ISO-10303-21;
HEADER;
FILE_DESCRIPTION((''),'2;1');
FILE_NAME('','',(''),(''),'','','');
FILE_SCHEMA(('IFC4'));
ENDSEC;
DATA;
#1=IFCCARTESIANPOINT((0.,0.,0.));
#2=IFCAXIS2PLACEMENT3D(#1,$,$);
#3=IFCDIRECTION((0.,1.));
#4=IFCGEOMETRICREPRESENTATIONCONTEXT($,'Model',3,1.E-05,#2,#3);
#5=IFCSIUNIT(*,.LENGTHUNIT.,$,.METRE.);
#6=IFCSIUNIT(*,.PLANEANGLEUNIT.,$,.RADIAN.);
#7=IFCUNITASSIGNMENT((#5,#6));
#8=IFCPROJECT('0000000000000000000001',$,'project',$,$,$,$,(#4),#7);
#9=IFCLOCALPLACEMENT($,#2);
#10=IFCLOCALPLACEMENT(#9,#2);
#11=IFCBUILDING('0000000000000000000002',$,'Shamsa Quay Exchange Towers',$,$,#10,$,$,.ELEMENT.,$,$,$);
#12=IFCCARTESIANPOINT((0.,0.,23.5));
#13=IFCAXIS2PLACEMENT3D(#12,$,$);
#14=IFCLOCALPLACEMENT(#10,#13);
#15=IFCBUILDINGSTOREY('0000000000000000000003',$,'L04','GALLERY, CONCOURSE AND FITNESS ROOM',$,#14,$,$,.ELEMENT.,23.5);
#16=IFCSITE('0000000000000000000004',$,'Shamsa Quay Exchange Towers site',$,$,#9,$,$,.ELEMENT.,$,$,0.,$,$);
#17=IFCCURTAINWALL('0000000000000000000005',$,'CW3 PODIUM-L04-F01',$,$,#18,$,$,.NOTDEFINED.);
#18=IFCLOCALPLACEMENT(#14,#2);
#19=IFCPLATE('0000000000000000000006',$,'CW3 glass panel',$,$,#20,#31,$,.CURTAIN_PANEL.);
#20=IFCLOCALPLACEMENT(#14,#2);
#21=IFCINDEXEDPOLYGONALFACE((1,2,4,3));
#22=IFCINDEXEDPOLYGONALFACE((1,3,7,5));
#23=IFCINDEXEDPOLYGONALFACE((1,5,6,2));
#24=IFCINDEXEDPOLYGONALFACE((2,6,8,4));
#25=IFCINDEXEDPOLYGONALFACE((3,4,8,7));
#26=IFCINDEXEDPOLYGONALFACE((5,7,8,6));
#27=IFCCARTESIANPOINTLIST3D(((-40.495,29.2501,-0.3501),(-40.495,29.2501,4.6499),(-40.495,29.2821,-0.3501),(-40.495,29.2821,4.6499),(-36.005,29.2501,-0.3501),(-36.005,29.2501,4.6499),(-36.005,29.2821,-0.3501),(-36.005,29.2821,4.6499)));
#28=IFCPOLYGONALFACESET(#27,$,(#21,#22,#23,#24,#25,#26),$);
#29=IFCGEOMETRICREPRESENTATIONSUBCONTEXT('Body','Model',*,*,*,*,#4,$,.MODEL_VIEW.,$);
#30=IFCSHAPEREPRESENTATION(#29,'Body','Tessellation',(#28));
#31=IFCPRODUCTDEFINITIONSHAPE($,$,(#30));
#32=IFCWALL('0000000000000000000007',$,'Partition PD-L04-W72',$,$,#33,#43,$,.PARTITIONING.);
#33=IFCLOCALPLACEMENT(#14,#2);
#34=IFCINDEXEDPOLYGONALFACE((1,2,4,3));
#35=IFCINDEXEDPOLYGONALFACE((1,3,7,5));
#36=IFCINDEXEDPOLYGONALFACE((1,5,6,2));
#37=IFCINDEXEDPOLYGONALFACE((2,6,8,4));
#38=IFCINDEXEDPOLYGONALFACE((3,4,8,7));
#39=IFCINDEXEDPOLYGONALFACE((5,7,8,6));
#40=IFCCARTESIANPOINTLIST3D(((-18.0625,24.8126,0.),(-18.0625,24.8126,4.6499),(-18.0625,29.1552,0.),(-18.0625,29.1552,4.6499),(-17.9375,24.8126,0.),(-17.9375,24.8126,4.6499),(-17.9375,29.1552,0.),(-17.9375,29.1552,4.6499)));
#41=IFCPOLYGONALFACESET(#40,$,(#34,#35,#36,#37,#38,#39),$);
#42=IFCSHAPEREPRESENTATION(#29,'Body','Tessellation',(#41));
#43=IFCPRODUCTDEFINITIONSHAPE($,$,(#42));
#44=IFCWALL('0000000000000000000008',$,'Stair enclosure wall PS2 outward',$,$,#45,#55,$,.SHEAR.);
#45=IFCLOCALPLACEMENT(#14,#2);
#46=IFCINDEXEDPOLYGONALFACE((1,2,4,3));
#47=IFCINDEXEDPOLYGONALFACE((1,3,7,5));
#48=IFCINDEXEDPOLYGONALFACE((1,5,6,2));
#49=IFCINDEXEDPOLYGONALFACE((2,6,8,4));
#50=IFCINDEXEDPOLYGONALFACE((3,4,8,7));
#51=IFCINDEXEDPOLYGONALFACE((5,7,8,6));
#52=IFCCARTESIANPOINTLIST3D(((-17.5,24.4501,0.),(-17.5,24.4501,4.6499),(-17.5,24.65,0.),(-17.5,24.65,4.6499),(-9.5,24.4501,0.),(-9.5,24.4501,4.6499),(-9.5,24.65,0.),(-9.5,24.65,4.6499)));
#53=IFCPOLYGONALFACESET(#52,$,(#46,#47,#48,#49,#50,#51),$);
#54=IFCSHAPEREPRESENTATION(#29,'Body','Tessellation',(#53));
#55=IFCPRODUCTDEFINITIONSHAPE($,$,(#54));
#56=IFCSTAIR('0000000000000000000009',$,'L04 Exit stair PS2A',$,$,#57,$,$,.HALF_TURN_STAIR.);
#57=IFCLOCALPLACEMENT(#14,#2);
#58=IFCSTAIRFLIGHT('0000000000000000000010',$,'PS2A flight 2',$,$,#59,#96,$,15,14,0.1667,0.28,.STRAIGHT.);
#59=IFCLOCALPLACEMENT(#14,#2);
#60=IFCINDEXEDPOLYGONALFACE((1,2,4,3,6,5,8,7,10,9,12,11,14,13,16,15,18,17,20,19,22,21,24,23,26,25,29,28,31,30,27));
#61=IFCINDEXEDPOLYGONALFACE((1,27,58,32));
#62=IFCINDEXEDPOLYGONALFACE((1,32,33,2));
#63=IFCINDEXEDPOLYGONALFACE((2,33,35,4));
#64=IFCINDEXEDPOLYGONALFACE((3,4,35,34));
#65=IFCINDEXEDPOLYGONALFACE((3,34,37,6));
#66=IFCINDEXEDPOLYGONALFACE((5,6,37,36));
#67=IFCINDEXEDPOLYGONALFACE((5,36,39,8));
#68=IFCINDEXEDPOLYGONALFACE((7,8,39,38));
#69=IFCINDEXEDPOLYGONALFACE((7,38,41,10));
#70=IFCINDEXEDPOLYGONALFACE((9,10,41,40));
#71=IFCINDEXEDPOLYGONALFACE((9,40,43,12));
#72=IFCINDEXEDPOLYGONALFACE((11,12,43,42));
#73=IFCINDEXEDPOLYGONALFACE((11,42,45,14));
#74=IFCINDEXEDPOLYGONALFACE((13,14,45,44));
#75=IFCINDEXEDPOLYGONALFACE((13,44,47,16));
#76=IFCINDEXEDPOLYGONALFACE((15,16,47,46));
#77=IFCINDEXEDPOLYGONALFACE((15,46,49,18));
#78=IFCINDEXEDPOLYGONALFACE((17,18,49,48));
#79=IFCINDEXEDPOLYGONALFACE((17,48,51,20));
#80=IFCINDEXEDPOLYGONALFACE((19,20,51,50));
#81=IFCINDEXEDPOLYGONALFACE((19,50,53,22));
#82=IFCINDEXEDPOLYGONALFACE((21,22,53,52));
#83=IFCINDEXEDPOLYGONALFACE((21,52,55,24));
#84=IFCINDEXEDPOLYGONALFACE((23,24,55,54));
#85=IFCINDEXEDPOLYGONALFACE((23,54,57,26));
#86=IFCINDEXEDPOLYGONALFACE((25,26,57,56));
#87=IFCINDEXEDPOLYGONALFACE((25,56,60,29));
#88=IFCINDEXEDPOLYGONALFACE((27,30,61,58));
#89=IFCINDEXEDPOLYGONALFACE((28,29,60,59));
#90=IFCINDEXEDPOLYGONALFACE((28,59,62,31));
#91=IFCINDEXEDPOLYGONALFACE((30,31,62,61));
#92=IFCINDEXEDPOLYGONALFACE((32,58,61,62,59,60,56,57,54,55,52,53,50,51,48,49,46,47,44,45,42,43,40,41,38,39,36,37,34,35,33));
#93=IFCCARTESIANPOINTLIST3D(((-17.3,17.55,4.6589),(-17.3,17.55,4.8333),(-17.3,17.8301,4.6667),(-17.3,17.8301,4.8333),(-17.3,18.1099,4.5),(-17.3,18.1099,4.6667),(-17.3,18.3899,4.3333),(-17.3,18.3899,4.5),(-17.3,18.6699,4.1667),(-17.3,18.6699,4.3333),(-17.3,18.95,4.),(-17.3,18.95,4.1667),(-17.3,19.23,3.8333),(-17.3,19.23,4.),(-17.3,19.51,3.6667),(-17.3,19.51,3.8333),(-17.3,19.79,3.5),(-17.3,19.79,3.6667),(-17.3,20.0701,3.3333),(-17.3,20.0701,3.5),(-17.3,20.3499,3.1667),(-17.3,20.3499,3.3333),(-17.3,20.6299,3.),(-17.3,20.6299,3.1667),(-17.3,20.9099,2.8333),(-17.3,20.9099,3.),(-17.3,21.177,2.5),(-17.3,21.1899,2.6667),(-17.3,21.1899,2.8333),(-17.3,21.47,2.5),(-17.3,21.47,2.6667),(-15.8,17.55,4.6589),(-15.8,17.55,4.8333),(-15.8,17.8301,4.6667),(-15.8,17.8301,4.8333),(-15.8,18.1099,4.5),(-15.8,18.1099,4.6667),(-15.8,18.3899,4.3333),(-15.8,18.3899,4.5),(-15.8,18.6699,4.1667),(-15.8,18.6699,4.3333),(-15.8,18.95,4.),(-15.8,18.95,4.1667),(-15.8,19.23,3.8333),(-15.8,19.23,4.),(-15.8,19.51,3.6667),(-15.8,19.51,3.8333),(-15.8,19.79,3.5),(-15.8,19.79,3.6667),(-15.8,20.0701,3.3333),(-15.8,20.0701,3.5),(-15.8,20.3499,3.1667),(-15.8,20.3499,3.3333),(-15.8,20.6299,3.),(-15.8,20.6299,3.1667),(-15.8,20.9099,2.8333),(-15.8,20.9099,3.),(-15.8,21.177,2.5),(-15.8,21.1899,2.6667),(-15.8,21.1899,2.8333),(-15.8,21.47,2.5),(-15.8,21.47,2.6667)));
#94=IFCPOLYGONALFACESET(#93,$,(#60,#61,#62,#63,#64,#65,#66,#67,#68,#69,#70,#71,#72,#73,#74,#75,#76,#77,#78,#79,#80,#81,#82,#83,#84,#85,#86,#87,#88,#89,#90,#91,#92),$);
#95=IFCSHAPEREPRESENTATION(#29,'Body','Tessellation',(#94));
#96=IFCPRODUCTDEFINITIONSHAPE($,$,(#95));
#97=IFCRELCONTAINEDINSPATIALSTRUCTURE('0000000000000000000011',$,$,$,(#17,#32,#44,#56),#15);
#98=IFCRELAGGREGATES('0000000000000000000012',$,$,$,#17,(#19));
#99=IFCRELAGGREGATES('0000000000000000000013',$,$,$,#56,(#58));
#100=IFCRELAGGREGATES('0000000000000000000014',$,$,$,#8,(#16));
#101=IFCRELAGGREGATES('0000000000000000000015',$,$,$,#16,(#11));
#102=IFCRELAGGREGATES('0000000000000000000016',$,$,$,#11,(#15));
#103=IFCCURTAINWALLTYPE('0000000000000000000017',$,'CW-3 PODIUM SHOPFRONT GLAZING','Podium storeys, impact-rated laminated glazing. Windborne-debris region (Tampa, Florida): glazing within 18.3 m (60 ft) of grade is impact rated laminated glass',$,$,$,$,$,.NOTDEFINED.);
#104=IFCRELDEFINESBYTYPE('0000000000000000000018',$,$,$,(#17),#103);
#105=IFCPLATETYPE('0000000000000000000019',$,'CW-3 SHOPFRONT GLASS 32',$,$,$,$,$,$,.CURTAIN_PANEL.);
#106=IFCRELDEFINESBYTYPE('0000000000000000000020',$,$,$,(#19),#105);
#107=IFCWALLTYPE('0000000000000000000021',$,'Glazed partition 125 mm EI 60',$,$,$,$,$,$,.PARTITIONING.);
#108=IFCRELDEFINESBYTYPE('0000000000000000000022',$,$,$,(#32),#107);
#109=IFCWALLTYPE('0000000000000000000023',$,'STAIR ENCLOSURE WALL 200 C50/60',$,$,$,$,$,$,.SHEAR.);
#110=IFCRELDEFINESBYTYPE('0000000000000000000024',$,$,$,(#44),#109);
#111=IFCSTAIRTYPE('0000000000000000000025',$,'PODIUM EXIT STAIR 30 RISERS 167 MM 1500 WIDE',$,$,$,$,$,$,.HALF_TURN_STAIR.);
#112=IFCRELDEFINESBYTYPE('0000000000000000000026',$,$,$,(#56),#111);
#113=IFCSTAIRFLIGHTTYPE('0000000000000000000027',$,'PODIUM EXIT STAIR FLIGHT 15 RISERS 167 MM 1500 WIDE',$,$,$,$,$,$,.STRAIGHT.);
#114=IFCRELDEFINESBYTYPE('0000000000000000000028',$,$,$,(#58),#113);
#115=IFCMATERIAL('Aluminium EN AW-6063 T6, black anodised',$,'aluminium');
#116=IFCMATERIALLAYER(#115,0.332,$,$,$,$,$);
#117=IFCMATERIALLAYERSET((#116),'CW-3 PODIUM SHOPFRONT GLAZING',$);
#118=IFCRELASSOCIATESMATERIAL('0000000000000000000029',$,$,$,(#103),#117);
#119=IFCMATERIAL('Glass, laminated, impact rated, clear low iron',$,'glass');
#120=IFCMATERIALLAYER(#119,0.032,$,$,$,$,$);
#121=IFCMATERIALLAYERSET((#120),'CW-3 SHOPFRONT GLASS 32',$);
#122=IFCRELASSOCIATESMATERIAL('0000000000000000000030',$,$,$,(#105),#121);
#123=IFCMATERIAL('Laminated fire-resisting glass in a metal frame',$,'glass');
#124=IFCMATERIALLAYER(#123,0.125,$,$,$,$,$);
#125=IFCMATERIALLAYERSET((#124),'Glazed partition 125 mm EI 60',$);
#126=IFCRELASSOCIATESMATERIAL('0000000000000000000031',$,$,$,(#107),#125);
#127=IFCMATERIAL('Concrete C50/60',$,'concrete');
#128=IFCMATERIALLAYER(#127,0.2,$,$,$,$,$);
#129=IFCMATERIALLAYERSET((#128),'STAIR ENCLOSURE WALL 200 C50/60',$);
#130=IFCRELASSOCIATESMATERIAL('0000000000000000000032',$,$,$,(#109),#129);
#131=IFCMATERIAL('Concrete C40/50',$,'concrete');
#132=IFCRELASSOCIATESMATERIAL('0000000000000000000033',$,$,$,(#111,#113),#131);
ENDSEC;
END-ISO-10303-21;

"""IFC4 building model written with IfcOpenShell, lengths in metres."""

from ifc_helpers import new_model, si_unit, direction, frame, frame_2d, origin, origin_2d, place, context, subcontext, project, spatial, polyline, rectangle, outline, extrude, material, layer, layer_set, type_object, element, aggregate, save


model = new_model("IFC4")

# Units and contexts
model_context = context("Model", 3, precision=1e-05, world=origin(), true_north=direction((0.0, 1.0)))
body_context = subcontext(model_context, "Body", "Model", "MODEL_VIEW")
ifc_project = project(units=[si_unit("LENGTHUNIT", "METRE"), si_unit("PLANEANGLEUNIT", "RADIAN")], contexts=[model_context])

# Site, building, storey
site_placement = place(None, origin())
site = spatial("IfcSite", under=ifc_project, at=site_placement, Name="Shamsa Quay Exchange Towers site", CompositionType="ELEMENT", RefElevation=0.0)
building_placement = place(site_placement, origin())
building = spatial("IfcBuilding", under=site, at=building_placement, Name="Shamsa Quay Exchange Towers", CompositionType="ELEMENT")
storey_placement = place(building_placement, frame((0.0, 0.0, 23.5)))
storey = spatial("IfcBuildingStorey", under=building, at=storey_placement, Name="L04", Description="GALLERY, CONCOURSE AND FITNESS ROOM", CompositionType="ELEMENT", Elevation=23.5)

# Curtain wall, plate
ifc_material_1 = material(Name="Aluminium EN AW-6063 T6, black anodised", Category="aluminium")
ifc_layer_1 = layer(ifc_material_1, 0.332)
ifc_layer_set_1 = layer_set([ifc_layer_1], Name="CW-3 PODIUM SHOPFRONT GLAZING")
curtain_wall_type = type_object("IfcCurtainWallType", Name="CW-3 PODIUM SHOPFRONT GLAZING", Description="Podium storeys, impact-rated laminated glazing. Windborne-debris region (Tampa, Florida): glazing within 18.3 m (60 ft) of grade is impact rated laminated glass", PredefinedType="NOTDEFINED", material=ifc_layer_set_1)
curtain_wall_placement = place(storey_placement, origin())
curtain_wall = element("IfcCurtainWall", 1, at=curtain_wall_placement, inside=storey, type_object=curtain_wall_type, Name="CW3 PODIUM-L04-F01", PredefinedType="NOTDEFINED")
ifc_material_2 = material(Name="Glass, laminated, impact rated, clear low iron", Category="glass")
ifc_layer_2 = layer(ifc_material_2, 0.032)
ifc_layer_set_2 = layer_set([ifc_layer_2], Name="CW-3 SHOPFRONT GLASS 32")
plate_type = type_object("IfcPlateType", Name="CW-3 SHOPFRONT GLASS 32", PredefinedType="CURTAIN_PANEL", material=ifc_layer_set_2)
plate_1_placement = place(storey_placement, frame((-38.25, 29.2661, -0.3501), z_axis=(0.0, 0.0, 1.0), x_axis=(-1.0, 0.0, 0.0)))
plate_1 = element("IfcPlate", 2, at=plate_1_placement, type_object=plate_type, Name="CW3 glass panel", PredefinedType="CURTAIN_PANEL", context=body_context, shape_type="SweptSolid", body=[
    extrude(rectangle(XDim=4.49, YDim=0.032, at=origin_2d()), origin(), (0.0, 0.0, 1.0), 5.0),
])
aggregate(curtain_wall, [plate_1])

# Walls
ifc_material_3 = material(Name="Laminated fire-resisting glass in a metal frame", Category="glass")
ifc_layer_3 = layer(ifc_material_3, 0.125)
ifc_layer_set_3 = layer_set([ifc_layer_3], Name="Glazed partition 125 mm EI 60")
wall_type_1 = type_object("IfcWallType", Name="Glazed partition 125 mm EI 60", PredefinedType="PARTITIONING", material=ifc_layer_set_3)
wall_1_placement = place(storey_placement, frame((-18.0, 24.8125, 0.0), z_axis=(0.0, 0.0, 1.0), x_axis=(0.0, 1.0, 0.0)))
element("IfcWall", 3, at=wall_1_placement, inside=storey, type_object=wall_type_1, Name="Partition PD-L04-W72", PredefinedType="PARTITIONING", context=body_context, shape_type="SweptSolid", body=[
    extrude(rectangle(XDim=4.3425, YDim=0.125, at=frame_2d((2.1714, 0.0))), origin(), (0.0, 0.0, 1.0), 4.6499),
])
ifc_material_4 = material(Name="Concrete C50/60", Category="concrete")
ifc_layer_4 = layer(ifc_material_4, 0.2)
ifc_layer_set_4 = layer_set([ifc_layer_4], Name="STAIR ENCLOSURE WALL 200 C50/60")
wall_type_2 = type_object("IfcWallType", Name="STAIR ENCLOSURE WALL 200 C50/60", PredefinedType="SHEAR", material=ifc_layer_set_4)
wall_2_placement = place(storey_placement, frame((-17.5, 24.55, 0.0)))
element("IfcWall", 4, at=wall_2_placement, inside=storey, type_object=wall_type_2, Name="Stair enclosure wall PS2 outward", PredefinedType="SHEAR", context=body_context, shape_type="SweptSolid", body=[
    extrude(rectangle(XDim=8.0, YDim=0.2, at=frame_2d((4.0, 0.0))), origin(), (0.0, 0.0, 1.0), 4.6499),
])

# Stair, stair flight
ifc_material_5 = material(Name="Concrete C40/50", Category="concrete")
stair_type = type_object("IfcStairType", Name="PODIUM EXIT STAIR 30 RISERS 167 MM 1500 WIDE", PredefinedType="HALF_TURN_STAIR", material=ifc_material_5)
stair_placement = place(storey_placement, origin())
stair = element("IfcStair", 5, at=stair_placement, inside=storey, type_object=stair_type, Name="L04 Exit stair PS2A", PredefinedType="HALF_TURN_STAIR")
stair_flight_type = type_object("IfcStairFlightType", Name="PODIUM EXIT STAIR FLIGHT 15 RISERS 167 MM 1500 WIDE", PredefinedType="STRAIGHT", material=ifc_material_5)
stair_flight_placement = place(storey_placement, frame((-16.55, 21.47, 2.5), z_axis=(0.0, 0.0, 1.0), x_axis=(0.0, -1.0, 0.0)))
stair_flight = element("IfcStairFlight", 6, at=stair_flight_placement, type_object=stair_flight_type, Name="PS2A flight 2", NumberOfRisers=15, NumberOfTreads=14, PredefinedType="STRAIGHT", RiserHeight=0.1667, TreadLength=0.28, context=body_context, shape_type="SweptSolid", body=[
    extrude(outline(polyline([(0.0, 0.0), (0.0, 0.1667), (0.28, 0.1667), (0.28, 0.3333), (0.5601, 0.3333), (0.5601, 0.5), (0.8401, 0.5), (0.8401, 0.6667), (1.1201, 0.6667), (1.1201, 0.8333), (1.3999, 0.8333), (1.3999, 1.0), (1.6799, 1.0), (1.6799, 1.1667), (1.96, 1.1667), (1.96, 1.3333), (2.24, 1.3333), (2.24, 1.5), (2.52, 1.5), (2.52, 1.6667), (2.8, 1.6667), (2.8, 1.8333), (3.0801, 1.8333), (3.0801, 2.0), (3.3601, 2.0), (3.3601, 2.1667), (3.6399, 2.1667), (3.6399, 2.3333), (3.9199, 2.3333), (3.9199, 2.5), (3.9199, 2.1589), (0.293, 0.0), (0.0, 0.0)])), frame((0.0, 0.75, 0.0), z_axis=(0.0, -1.0, 0.0), x_axis=(1.0, 0.0, 0.0)), (0.0, 0.0, 1.0), 1.5),
])
aggregate(stair, [stair_flight])

save(model, "model.ifc")
